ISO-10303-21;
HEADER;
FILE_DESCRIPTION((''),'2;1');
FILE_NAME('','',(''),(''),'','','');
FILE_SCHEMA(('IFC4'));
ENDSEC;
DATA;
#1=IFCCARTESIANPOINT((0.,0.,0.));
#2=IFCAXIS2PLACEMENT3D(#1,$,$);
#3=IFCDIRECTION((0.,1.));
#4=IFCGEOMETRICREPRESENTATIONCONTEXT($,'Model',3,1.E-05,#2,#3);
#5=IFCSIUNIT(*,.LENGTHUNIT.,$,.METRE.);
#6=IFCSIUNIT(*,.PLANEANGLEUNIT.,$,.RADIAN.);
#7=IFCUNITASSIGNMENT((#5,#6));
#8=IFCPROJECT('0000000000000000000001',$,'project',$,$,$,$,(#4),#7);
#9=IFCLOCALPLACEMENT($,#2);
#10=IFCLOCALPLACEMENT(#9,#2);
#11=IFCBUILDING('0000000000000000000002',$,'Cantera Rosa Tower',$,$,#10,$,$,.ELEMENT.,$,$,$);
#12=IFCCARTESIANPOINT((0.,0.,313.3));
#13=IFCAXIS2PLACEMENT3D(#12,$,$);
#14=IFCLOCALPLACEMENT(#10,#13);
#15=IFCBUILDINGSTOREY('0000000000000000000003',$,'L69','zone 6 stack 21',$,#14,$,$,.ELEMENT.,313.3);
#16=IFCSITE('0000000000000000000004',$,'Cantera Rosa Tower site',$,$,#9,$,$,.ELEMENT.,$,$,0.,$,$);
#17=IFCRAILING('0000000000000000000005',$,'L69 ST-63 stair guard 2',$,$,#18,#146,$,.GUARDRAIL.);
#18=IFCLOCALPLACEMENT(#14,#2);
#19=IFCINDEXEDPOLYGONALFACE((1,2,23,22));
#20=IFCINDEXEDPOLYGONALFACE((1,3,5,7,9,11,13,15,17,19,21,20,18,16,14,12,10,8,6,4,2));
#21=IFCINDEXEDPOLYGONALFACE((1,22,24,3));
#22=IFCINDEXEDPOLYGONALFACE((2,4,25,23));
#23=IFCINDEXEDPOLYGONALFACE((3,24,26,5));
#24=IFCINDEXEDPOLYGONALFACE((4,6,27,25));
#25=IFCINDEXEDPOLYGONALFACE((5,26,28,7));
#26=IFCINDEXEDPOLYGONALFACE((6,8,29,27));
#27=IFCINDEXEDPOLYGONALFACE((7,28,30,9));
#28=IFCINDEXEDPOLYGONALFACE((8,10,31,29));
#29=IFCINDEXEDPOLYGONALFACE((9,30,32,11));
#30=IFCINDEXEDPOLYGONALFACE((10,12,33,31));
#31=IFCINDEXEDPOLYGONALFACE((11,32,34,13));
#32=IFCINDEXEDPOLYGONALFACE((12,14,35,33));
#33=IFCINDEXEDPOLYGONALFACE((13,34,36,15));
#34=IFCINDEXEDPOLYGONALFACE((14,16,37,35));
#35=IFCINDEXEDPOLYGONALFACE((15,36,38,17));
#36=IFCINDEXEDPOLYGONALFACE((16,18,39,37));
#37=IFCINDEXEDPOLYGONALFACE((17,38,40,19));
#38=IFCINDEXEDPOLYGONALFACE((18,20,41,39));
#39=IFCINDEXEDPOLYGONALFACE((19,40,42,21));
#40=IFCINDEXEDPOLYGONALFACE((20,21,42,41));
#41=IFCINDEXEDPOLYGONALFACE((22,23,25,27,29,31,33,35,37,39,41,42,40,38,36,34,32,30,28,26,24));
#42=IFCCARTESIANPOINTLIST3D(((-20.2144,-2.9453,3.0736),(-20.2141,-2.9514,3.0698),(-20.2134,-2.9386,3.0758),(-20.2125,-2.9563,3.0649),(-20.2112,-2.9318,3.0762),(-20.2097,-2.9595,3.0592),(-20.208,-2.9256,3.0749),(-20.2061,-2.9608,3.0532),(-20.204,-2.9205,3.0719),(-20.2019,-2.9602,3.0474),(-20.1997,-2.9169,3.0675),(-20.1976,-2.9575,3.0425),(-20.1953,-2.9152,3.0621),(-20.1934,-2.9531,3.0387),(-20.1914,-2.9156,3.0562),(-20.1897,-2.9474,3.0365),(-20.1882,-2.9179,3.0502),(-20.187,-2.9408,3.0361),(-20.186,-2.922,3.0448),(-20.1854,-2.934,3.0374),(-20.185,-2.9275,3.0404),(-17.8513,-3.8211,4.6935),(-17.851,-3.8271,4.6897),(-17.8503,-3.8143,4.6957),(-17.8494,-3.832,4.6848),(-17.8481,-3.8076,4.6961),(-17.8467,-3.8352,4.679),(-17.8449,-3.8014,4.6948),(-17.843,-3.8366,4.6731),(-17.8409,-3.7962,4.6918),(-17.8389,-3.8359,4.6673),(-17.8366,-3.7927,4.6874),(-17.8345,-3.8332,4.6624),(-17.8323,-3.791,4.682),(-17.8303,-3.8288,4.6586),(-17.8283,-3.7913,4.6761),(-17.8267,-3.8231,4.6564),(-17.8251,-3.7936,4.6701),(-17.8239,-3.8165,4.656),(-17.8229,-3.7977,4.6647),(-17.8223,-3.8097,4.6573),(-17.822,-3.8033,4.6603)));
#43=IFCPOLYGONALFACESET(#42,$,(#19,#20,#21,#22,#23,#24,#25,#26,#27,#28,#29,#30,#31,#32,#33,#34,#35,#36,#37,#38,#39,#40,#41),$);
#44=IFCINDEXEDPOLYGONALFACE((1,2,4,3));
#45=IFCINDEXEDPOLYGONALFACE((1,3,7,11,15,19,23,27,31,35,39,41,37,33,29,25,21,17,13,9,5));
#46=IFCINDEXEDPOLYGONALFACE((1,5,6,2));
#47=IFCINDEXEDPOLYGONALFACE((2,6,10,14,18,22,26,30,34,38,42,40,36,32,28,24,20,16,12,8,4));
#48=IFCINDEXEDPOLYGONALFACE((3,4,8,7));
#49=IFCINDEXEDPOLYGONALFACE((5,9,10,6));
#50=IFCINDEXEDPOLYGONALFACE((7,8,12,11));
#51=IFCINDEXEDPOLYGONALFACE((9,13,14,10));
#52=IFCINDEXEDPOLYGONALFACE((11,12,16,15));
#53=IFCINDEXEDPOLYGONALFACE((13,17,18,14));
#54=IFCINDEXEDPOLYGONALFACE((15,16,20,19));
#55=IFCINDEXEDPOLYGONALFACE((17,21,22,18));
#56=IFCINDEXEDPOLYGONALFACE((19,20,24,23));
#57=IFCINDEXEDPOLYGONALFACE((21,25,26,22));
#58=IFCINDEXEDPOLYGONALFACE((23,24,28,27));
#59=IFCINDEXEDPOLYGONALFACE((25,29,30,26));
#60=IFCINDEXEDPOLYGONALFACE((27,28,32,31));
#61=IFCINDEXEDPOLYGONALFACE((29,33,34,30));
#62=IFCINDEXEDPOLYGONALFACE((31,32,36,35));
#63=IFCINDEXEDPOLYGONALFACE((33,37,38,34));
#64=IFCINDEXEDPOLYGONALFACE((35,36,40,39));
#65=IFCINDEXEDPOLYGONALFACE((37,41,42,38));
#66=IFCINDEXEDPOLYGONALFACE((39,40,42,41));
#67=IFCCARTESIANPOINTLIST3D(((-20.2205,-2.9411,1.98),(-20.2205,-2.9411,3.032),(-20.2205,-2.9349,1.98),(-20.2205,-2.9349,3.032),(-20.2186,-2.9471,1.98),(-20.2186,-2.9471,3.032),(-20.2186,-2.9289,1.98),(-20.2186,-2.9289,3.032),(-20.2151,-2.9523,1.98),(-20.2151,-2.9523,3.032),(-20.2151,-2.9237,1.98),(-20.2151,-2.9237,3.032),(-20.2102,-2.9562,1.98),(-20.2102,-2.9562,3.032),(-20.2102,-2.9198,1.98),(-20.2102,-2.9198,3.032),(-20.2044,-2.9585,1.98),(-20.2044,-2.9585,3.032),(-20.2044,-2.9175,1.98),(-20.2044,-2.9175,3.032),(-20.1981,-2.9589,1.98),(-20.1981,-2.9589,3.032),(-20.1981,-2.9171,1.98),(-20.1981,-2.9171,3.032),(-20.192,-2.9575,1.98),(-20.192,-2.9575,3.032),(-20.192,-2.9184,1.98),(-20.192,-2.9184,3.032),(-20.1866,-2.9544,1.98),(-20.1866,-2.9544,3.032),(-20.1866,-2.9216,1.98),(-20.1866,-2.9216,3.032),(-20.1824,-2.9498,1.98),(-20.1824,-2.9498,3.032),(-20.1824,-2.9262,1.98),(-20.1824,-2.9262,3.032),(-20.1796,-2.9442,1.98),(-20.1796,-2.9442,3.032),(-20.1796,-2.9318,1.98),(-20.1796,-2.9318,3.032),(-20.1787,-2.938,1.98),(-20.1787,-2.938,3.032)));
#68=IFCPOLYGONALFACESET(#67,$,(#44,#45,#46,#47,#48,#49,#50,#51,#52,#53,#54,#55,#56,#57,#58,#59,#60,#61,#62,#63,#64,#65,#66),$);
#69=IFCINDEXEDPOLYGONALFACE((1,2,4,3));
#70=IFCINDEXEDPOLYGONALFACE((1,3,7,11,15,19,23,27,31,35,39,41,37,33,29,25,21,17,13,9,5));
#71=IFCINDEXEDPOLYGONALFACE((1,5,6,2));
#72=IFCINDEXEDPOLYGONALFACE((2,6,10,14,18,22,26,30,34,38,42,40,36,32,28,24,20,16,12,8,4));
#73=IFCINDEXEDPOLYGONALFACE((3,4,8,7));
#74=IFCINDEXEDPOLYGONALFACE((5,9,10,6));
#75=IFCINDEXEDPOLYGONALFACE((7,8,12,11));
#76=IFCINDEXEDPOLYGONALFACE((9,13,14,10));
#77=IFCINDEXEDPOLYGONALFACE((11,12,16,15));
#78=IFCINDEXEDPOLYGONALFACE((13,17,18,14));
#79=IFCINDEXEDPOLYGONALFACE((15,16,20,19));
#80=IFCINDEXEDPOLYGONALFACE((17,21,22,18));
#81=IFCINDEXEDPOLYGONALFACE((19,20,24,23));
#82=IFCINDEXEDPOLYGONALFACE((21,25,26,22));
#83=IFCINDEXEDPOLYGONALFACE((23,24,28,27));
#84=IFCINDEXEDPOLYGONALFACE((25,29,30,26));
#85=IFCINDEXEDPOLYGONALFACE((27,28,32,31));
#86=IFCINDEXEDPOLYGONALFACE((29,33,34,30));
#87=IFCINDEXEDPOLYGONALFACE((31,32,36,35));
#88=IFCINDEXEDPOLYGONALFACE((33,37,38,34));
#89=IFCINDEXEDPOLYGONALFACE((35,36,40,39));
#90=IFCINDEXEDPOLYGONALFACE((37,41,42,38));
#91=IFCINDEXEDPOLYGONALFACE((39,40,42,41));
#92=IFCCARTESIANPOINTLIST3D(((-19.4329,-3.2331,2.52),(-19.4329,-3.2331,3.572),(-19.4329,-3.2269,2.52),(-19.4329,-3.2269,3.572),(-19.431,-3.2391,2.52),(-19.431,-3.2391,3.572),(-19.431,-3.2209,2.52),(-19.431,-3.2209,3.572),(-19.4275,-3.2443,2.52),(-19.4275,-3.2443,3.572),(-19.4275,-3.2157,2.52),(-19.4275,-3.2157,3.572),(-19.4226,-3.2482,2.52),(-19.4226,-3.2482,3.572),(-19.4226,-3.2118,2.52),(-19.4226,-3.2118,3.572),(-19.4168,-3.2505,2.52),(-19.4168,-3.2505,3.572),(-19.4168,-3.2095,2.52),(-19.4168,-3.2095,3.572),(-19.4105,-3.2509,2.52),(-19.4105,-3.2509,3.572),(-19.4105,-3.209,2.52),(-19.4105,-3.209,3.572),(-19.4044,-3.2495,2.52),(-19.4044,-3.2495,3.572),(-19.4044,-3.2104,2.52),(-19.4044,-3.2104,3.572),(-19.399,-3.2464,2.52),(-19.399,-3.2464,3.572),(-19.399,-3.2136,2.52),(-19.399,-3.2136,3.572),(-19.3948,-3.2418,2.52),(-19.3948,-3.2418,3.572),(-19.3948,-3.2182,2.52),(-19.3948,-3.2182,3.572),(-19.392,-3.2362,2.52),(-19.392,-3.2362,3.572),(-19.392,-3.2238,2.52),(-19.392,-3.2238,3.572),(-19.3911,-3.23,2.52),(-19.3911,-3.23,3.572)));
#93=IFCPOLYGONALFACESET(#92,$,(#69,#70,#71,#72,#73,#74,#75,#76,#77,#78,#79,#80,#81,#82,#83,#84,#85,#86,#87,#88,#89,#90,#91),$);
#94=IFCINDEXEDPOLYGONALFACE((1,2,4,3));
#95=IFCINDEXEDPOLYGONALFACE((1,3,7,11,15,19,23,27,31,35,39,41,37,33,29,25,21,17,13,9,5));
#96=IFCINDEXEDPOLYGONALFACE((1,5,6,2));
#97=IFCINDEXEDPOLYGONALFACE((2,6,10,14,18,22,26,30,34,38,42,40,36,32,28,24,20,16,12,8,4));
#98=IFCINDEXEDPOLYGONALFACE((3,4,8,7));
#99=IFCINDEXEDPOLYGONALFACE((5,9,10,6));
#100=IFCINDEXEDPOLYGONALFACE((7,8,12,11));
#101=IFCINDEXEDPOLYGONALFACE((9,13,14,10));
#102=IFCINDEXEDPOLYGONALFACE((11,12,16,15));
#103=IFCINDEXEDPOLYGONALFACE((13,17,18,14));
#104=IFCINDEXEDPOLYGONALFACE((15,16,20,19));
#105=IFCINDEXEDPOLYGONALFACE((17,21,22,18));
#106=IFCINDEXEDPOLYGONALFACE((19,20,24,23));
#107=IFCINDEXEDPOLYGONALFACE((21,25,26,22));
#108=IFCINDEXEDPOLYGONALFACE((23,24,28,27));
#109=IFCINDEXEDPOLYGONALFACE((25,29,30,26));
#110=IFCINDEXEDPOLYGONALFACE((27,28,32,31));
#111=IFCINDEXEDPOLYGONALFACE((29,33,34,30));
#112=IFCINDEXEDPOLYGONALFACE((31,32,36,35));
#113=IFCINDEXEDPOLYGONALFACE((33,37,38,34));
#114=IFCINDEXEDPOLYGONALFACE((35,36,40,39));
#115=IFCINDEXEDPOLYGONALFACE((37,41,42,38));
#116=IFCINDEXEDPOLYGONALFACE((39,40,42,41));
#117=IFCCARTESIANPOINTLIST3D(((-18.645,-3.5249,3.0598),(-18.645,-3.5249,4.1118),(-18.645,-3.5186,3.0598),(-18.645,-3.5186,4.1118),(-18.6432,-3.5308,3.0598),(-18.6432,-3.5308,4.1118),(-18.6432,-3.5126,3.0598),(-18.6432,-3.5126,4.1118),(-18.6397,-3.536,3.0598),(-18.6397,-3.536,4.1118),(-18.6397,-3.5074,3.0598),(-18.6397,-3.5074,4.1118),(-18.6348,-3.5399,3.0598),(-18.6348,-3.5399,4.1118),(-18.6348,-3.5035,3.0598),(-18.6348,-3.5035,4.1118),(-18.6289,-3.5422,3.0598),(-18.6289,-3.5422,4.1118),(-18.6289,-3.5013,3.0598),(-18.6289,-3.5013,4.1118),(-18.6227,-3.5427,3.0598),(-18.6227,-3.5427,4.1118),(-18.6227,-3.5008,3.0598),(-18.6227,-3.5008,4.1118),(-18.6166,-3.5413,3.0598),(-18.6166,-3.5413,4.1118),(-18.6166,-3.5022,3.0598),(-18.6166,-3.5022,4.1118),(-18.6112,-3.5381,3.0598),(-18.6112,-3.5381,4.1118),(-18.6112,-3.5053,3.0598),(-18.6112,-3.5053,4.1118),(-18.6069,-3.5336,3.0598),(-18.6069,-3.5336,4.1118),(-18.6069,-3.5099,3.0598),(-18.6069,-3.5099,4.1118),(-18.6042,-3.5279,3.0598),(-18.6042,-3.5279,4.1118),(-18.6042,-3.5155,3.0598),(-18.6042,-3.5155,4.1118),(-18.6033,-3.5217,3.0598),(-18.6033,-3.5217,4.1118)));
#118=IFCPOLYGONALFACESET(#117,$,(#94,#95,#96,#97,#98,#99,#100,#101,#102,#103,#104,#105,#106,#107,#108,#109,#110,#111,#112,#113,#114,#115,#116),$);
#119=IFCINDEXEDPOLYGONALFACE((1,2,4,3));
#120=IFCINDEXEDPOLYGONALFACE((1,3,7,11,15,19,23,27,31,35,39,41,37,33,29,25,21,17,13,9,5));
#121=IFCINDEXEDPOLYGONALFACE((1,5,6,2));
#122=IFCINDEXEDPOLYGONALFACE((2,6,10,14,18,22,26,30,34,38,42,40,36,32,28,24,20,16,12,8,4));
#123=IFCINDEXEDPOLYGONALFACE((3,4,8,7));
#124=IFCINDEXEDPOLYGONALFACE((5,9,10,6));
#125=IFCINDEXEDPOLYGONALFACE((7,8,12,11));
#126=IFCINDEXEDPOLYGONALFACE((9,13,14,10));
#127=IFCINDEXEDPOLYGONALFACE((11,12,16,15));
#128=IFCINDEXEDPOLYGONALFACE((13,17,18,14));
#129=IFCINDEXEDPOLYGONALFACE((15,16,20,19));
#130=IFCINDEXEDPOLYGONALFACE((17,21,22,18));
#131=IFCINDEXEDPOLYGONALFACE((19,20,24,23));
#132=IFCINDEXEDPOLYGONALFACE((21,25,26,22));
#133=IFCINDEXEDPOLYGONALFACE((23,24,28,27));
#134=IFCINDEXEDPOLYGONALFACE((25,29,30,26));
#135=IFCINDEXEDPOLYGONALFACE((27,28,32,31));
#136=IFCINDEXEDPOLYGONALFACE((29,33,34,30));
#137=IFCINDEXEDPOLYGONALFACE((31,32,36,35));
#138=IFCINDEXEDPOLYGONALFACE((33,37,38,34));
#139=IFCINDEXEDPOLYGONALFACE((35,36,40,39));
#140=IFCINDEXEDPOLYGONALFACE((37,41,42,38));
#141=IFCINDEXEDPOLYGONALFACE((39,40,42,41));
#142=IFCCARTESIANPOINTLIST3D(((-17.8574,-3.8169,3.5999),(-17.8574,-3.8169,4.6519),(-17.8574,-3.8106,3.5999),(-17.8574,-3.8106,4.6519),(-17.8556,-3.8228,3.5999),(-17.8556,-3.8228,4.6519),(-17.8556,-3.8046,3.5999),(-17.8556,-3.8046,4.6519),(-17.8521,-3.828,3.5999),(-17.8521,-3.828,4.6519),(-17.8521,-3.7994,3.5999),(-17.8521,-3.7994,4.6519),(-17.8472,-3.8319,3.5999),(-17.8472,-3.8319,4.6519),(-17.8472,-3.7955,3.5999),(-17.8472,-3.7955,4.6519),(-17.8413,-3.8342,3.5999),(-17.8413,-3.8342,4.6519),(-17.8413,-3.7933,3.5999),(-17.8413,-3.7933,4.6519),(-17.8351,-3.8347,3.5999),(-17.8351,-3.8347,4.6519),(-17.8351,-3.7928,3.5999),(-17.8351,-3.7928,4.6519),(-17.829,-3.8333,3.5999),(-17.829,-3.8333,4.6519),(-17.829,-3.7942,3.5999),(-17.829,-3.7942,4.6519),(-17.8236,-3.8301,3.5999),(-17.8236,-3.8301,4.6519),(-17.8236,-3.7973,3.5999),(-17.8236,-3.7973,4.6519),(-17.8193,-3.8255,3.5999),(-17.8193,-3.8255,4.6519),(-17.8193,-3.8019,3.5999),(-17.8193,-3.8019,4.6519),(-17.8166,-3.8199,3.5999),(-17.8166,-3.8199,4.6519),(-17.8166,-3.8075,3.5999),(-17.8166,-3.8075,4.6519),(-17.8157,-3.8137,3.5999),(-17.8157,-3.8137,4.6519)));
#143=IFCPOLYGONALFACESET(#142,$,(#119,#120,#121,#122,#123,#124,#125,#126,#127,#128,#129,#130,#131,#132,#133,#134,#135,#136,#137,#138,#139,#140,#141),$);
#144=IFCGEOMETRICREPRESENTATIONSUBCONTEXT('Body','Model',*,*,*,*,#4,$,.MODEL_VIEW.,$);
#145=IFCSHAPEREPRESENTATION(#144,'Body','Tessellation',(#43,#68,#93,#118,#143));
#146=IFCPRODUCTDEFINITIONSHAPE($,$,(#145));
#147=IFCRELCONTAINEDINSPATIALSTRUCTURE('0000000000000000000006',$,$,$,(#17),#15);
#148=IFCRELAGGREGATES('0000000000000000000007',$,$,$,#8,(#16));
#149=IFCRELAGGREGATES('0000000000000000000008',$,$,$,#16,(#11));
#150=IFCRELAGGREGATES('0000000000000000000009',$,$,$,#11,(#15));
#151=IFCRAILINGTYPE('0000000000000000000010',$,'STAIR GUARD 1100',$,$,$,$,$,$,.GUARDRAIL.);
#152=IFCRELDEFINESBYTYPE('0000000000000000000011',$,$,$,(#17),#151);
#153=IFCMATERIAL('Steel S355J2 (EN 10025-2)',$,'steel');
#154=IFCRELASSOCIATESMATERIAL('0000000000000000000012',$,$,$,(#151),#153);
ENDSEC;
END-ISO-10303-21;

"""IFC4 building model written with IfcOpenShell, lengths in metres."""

from ifc_helpers import new_model, si_unit, direction, frame, origin, origin_2d, place, context, subcontext, project, spatial, circle, extrude, material, type_object, element, save


model = new_model("IFC4")

# Units and contexts
model_context = context("Model", 3, precision=1e-05, world=origin(), true_north=direction((0.0, 1.0)))
body_context = subcontext(model_context, "Body", "Model", "MODEL_VIEW")
ifc_project = project(units=[si_unit("LENGTHUNIT", "METRE"), si_unit("PLANEANGLEUNIT", "RADIAN")], contexts=[model_context])

# Site, building, storey
site_placement = place(None, origin())
site = spatial("IfcSite", under=ifc_project, at=site_placement, Name="Cantera Rosa Tower site", CompositionType="ELEMENT", RefElevation=0.0)
building_placement = place(site_placement, origin())
building = spatial("IfcBuilding", under=site, at=building_placement, Name="Cantera Rosa Tower", CompositionType="ELEMENT")
storey_placement = place(building_placement, frame((0.0, 0.0, 313.3)))
storey = spatial("IfcBuildingStorey", under=building, at=storey_placement, Name="L69", Description="zone 6 stack 21", CompositionType="ELEMENT", Elevation=313.3)

# Railing
ifc_material_1 = material(Name="Steel S355J2 (EN 10025-2)", Category="steel")
railing_type_1 = type_object("IfcRailingType", Name="STAIR GUARD 1100", PredefinedType="GUARDRAIL", material=ifc_material_1)
railing_1_placement = place(storey_placement, frame((-20.1997, -2.938, 1.98)))
element("IfcRailing", 1, at=railing_1_placement, inside=storey, type_object=railing_type_1, Name="L69 ST-63 stair guard 2", PredefinedType="GUARDRAIL", context=body_context, shape_type="SweptSolid", body=[
    extrude(circle(Radius=0.0239, at=origin_2d()), frame((0.0, 0.0, 1.0762), z_axis=(0.788782, -0.29232, 0.540714), x_axis=(0.347501, 0.93768, 0.0)), (0.0, 0.0, 1.0), 2.9958),
    extrude(circle(Radius=0.021, at=origin_2d()), origin(), (0.0, 0.0, 1.0), 1.052),
    extrude(circle(Radius=0.021, at=origin_2d()), frame((0.7876, -0.292, 0.54)), (0.0, 0.0, 1.0), 1.052),
    extrude(circle(Radius=0.021, at=origin_2d()), frame((1.5754, -0.5837, 1.0798)), (0.0, 0.0, 1.0), 1.052),
    extrude(circle(Radius=0.021, at=origin_2d()), frame((2.363, -0.8757, 1.6199)), (0.0, 0.0, 1.0), 1.052),
])

save(model, "model.ifc")
